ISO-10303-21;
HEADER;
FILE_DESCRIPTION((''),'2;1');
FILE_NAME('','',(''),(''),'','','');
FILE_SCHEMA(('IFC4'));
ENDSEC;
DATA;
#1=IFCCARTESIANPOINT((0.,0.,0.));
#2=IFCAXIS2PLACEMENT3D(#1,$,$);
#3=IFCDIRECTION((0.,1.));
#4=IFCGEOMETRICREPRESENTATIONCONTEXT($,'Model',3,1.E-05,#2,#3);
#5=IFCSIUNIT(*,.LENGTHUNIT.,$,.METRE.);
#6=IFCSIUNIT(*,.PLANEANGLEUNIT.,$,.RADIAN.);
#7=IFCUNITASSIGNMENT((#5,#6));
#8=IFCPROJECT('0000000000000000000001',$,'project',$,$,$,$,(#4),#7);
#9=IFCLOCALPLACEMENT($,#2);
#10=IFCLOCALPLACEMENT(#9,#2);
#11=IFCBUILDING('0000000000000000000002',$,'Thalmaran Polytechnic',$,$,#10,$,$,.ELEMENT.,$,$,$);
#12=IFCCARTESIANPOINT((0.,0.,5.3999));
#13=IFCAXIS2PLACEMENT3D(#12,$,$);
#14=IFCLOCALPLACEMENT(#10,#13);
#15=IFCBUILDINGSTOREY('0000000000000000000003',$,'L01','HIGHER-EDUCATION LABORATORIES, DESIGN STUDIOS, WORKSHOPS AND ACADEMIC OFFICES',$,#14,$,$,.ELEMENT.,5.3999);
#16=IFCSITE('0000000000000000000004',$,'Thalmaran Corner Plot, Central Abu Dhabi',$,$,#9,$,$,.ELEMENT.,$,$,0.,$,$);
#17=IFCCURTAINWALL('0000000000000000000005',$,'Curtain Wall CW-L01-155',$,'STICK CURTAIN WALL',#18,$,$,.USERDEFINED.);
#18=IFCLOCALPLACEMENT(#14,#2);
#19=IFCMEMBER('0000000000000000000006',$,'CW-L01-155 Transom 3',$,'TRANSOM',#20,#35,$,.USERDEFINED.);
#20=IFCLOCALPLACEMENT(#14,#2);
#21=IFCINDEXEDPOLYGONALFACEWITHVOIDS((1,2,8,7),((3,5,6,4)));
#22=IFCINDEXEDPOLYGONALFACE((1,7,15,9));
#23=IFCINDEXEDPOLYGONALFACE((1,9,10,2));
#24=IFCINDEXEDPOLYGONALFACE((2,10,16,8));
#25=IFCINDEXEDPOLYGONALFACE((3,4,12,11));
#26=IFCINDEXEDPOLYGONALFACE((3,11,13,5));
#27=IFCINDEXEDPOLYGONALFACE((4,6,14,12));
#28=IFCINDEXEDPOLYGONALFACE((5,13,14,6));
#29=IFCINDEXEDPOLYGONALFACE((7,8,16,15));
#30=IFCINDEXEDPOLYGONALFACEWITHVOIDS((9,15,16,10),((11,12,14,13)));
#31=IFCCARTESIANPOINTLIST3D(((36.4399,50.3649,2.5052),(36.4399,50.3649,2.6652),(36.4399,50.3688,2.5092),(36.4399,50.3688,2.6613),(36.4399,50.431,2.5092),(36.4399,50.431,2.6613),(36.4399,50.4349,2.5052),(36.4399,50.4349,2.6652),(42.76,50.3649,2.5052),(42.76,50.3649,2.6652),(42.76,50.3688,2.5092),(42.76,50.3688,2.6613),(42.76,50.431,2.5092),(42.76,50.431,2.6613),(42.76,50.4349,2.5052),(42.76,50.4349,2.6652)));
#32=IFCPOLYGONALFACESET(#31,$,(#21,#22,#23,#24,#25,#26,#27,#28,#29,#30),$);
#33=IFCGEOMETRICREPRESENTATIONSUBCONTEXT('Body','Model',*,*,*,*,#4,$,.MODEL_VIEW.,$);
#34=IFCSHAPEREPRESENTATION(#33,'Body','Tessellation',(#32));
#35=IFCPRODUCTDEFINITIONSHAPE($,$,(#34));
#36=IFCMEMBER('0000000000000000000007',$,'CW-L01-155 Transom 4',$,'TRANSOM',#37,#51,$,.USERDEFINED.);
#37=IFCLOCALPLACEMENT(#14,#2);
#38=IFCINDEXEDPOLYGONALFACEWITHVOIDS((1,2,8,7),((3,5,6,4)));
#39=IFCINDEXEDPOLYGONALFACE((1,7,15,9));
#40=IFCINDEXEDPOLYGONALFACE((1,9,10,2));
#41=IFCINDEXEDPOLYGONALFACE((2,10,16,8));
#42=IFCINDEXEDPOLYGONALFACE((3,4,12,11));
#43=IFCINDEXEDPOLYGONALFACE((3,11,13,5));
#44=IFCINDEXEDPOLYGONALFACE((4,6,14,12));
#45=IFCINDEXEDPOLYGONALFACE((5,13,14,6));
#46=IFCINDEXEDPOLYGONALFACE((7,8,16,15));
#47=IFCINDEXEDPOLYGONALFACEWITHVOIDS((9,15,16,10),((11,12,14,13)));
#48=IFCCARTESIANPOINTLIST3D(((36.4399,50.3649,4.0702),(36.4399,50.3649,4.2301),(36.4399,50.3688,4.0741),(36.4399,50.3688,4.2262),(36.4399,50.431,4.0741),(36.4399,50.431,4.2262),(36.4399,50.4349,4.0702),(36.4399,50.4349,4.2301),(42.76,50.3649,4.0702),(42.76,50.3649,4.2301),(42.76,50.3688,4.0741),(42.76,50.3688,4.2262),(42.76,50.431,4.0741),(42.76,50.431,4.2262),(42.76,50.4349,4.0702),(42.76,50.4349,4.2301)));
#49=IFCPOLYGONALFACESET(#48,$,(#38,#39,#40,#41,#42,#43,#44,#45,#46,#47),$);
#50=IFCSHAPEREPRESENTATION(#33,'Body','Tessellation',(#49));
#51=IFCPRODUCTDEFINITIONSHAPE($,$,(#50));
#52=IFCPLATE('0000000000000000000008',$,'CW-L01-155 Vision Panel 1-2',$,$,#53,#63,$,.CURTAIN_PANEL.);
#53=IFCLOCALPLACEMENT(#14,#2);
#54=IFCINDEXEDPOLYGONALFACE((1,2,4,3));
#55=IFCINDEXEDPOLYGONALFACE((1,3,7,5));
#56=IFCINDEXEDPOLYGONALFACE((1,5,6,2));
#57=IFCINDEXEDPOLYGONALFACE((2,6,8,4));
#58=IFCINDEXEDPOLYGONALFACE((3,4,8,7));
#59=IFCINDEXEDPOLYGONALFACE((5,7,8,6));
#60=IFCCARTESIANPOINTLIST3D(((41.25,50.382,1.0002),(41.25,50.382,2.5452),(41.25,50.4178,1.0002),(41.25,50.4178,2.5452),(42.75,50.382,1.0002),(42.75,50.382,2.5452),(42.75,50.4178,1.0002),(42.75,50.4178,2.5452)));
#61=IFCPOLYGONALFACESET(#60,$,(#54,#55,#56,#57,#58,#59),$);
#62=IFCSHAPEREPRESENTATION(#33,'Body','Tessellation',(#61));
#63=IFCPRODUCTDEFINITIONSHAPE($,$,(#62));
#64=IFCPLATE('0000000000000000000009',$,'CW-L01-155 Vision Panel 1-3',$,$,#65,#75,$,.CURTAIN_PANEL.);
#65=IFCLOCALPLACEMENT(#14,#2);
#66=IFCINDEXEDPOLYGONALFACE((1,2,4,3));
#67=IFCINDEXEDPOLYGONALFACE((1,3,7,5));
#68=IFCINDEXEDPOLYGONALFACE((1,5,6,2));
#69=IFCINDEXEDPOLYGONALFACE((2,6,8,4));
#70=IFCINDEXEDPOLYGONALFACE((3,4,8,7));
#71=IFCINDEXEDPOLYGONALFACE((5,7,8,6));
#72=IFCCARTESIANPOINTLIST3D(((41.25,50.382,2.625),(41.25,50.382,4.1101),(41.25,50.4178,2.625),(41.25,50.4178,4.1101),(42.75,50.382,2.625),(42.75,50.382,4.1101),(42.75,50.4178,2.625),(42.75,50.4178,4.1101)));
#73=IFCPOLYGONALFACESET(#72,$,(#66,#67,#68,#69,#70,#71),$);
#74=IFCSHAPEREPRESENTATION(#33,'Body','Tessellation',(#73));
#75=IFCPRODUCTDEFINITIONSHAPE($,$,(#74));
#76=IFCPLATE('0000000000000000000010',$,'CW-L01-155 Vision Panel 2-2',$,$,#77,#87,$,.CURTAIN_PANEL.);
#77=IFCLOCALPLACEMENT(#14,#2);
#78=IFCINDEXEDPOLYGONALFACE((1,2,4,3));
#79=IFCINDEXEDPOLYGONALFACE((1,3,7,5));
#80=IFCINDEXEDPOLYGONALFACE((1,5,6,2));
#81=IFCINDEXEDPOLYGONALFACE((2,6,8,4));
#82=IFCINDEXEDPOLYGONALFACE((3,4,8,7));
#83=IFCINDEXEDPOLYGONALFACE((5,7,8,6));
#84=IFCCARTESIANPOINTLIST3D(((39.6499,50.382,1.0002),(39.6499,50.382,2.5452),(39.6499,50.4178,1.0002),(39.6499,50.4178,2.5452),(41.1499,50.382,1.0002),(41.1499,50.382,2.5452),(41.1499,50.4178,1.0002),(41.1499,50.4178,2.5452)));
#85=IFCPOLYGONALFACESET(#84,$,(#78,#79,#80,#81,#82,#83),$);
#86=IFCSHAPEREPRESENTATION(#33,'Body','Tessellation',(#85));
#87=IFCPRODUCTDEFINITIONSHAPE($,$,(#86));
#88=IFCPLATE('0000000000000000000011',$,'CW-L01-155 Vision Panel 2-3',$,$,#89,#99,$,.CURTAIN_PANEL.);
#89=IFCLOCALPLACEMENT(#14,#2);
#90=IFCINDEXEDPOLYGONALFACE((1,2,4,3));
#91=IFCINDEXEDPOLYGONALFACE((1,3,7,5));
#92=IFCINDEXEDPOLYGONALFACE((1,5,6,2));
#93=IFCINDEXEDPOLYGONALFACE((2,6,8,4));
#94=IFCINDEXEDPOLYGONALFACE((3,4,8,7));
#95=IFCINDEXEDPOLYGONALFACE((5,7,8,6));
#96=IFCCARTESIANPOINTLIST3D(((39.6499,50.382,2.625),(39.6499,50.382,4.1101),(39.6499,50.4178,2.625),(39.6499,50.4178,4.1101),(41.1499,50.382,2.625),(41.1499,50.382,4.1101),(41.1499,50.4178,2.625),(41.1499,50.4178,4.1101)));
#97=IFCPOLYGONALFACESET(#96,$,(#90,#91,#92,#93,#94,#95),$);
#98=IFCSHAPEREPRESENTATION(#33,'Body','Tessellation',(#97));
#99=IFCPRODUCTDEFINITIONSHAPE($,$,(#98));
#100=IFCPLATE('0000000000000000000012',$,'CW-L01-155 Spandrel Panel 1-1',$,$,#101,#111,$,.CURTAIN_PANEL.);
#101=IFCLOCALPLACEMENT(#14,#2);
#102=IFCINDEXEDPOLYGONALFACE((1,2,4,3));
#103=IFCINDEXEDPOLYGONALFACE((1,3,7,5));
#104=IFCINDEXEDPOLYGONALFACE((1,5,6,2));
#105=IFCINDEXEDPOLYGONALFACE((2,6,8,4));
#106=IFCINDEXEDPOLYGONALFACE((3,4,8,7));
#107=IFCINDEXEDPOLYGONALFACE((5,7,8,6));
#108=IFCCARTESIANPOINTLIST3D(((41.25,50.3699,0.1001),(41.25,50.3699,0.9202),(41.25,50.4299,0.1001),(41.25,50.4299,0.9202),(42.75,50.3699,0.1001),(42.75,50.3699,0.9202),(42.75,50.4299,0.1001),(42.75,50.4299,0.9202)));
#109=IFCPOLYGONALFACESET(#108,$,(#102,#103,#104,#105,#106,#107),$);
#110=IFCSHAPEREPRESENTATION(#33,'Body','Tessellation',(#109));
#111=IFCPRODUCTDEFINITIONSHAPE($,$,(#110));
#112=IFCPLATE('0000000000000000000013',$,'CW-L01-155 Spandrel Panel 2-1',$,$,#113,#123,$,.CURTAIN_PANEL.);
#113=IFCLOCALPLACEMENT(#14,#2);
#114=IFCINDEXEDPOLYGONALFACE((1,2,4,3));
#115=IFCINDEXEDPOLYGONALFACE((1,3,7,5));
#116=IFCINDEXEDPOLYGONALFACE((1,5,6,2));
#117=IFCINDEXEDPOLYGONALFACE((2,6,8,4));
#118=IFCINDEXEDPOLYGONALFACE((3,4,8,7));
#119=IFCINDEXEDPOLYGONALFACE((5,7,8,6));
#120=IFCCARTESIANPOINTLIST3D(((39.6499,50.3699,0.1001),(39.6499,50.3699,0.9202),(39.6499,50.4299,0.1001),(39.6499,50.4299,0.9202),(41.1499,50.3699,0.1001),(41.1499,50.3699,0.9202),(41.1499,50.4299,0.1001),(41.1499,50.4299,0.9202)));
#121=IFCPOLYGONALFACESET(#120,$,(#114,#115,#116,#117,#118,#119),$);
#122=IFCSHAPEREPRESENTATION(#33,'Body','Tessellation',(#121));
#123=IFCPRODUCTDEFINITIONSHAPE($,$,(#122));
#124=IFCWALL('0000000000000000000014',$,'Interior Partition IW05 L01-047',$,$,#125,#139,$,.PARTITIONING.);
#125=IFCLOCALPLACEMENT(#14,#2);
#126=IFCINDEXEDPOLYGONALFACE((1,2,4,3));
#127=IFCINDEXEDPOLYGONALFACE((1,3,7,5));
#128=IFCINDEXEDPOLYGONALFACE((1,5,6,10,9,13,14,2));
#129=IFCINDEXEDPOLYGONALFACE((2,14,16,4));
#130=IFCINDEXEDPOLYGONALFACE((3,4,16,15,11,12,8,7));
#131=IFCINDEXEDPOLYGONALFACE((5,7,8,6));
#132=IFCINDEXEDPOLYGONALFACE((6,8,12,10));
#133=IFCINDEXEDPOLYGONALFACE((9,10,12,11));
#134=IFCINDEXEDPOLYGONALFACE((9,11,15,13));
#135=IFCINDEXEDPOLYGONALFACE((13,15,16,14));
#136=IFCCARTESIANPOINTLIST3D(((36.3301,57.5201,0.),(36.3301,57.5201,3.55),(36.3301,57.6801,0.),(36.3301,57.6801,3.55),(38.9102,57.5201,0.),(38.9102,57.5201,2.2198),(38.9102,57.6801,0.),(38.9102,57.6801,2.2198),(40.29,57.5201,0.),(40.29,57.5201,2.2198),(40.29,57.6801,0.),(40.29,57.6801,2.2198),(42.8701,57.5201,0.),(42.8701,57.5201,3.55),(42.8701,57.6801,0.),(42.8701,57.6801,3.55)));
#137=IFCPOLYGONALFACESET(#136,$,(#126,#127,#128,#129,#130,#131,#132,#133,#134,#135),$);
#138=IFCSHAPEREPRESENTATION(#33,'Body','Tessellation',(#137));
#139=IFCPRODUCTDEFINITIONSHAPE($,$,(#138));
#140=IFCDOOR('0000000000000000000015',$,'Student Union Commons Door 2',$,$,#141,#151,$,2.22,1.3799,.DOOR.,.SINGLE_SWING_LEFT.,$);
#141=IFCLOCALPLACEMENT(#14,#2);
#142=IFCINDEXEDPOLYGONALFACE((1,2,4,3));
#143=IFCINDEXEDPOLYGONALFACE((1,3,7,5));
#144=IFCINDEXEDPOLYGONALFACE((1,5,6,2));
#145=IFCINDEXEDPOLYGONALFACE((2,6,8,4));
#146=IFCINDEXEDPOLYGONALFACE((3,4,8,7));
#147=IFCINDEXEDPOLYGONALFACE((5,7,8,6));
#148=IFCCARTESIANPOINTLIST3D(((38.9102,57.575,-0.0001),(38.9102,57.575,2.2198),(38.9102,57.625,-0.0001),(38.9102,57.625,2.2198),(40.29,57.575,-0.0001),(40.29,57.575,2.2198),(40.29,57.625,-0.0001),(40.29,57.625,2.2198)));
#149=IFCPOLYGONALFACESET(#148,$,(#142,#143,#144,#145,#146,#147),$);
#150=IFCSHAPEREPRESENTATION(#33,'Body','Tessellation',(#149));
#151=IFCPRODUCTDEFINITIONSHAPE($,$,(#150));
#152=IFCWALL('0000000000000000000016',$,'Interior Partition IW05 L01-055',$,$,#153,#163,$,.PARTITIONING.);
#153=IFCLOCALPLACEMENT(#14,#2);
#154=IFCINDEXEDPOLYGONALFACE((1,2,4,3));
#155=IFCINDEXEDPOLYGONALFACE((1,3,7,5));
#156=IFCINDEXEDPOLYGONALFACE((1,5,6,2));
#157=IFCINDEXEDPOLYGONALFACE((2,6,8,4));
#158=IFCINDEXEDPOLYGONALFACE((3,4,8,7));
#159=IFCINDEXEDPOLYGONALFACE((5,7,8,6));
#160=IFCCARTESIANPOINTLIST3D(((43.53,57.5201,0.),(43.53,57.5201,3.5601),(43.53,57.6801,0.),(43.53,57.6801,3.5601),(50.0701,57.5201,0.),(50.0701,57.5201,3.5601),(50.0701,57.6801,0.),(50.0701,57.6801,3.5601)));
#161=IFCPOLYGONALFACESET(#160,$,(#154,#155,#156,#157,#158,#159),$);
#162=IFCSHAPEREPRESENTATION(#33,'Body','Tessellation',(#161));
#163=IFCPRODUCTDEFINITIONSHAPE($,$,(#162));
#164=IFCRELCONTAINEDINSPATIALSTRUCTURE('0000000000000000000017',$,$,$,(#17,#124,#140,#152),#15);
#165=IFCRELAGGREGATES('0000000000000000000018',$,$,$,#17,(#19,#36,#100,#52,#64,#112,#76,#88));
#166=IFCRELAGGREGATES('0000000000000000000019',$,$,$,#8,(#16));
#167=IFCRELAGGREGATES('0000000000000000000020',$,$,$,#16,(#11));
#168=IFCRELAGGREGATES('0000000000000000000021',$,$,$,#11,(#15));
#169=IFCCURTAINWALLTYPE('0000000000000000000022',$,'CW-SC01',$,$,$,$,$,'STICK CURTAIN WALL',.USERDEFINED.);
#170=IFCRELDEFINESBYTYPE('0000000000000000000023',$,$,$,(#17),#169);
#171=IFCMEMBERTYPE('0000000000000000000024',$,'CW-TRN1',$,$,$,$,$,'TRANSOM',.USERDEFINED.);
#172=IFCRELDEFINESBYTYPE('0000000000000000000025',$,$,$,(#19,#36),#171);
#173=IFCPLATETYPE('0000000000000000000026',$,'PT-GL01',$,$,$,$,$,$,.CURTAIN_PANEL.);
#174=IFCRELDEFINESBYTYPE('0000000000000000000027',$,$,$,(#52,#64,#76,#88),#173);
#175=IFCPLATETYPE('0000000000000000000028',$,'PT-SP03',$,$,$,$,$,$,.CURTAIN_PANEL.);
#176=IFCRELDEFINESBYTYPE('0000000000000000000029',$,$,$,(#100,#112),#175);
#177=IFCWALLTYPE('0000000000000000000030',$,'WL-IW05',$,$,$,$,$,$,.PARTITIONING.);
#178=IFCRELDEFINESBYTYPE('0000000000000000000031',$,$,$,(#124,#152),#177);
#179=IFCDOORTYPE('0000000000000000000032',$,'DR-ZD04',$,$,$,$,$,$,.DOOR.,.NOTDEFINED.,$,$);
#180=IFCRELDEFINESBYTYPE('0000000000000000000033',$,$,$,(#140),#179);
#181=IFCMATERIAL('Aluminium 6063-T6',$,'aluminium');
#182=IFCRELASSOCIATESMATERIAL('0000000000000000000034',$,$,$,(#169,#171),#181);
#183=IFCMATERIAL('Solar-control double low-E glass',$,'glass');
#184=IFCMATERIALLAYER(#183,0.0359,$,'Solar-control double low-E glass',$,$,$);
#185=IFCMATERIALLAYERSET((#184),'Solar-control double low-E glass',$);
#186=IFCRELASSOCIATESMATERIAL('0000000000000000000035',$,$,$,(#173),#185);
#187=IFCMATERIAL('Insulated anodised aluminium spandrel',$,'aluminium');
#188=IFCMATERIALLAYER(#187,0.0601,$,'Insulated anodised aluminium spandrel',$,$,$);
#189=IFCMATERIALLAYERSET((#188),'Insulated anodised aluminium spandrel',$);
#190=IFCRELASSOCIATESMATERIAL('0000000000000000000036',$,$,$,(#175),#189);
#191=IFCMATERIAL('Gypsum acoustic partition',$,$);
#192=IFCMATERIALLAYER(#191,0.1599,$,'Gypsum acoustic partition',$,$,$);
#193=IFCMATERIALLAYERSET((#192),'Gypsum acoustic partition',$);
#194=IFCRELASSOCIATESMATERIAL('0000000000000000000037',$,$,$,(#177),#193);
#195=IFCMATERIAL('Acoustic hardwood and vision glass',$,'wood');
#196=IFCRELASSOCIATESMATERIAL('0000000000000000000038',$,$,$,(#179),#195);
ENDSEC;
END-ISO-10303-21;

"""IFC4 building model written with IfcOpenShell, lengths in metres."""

from ifc_helpers import new_model, si_unit, direction, frame, frame_2d, origin, origin_2d, place, context, subcontext, project, spatial, rectangle, hollow_rectangle, extrude, material, layer, layer_set, material_profile, profile_set, type_object, element, fill, aggregate, save


model = new_model("IFC4")

# Units and contexts
model_context = context("Model", 3, precision=1e-05, world=origin(), true_north=direction((0.0, 1.0)))
body_context = subcontext(model_context, "Body", "Model", "MODEL_VIEW")
ifc_project = project(units=[si_unit("LENGTHUNIT", "METRE"), si_unit("PLANEANGLEUNIT", "RADIAN")], contexts=[model_context])

# Site, building, storey
site_placement = place(None, origin())
site = spatial("IfcSite", under=ifc_project, at=site_placement, Name="Thalmaran Corner Plot, Central Abu Dhabi", CompositionType="ELEMENT", RefElevation=0.0)
building_placement = place(site_placement, origin())
building = spatial("IfcBuilding", under=site, at=building_placement, Name="Thalmaran Polytechnic", CompositionType="ELEMENT")
storey_placement = place(building_placement, frame((0.0, 0.0, 5.3999)))
storey = spatial("IfcBuildingStorey", under=building, at=storey_placement, Name="L01", Description="HIGHER-EDUCATION LABORATORIES, DESIGN STUDIOS, WORKSHOPS AND ACADEMIC OFFICES", CompositionType="ELEMENT", Elevation=5.3999)

# Curtain wall, members, plates
ifc_material_1 = material(Name="Aluminium 6063-T6", Category="aluminium")
curtain_wall_type = type_object("IfcCurtainWallType", Name="CW-SC01", ElementType="STICK CURTAIN WALL", PredefinedType="USERDEFINED", material=ifc_material_1)
curtain_wall_placement = place(storey_placement, origin())
curtain_wall = element("IfcCurtainWall", 1, at=curtain_wall_placement, inside=storey, type_object=curtain_wall_type, Name="Curtain Wall CW-L01-155", ObjectType="STICK CURTAIN WALL", PredefinedType="USERDEFINED")
ifc_material_profile_1 = material_profile(ifc_material_1, hollow_rectangle(XDim=0.0701, YDim=0.1599, WallThickness=0.0039, at=origin_2d()), Name="AL 160x70x4.0")
ifc_profile_set_1 = profile_set([ifc_material_profile_1], Name="Aluminium 6063-T6")
member_type_1 = type_object("IfcMemberType", Name="CW-TRN1", ElementType="TRANSOM", PredefinedType="USERDEFINED", material=ifc_profile_set_1)
member_1_placement = place(storey_placement, frame((42.76, 50.3999, 2.5852), z_axis=(-1.0, 0.0, 0.0), x_axis=(0.0, -1.0, 0.0)))
member_1 = element("IfcMember", 2, at=member_1_placement, type_object=member_type_1, Name="CW-L01-155 Transom 3", ObjectType="TRANSOM", PredefinedType="USERDEFINED", context=body_context, shape_type="SweptSolid", body=[
    extrude(hollow_rectangle(XDim=0.0701, YDim=0.1599, WallThickness=0.0039, at=origin_2d()), origin(), (0.0, 0.0, 1.0), 6.3201),
])
member_2_placement = place(storey_placement, frame((42.76, 50.3999, 4.1501), z_axis=(-1.0, 0.0, 0.0), x_axis=(0.0, -1.0, 0.0)))
member_2 = element("IfcMember", 3, at=member_2_placement, type_object=member_type_1, Name="CW-L01-155 Transom 4", ObjectType="TRANSOM", PredefinedType="USERDEFINED", context=body_context, shape_type="SweptSolid", body=[
    extrude(hollow_rectangle(XDim=0.0701, YDim=0.1599, WallThickness=0.0039, at=origin_2d()), origin(), (0.0, 0.0, 1.0), 6.3201),
])
ifc_material_2 = material(Name="Solar-control double low-E glass", Category="glass")
ifc_layer_1 = layer(ifc_material_2, 0.0359, Name="Solar-control double low-E glass")
ifc_layer_set_1 = layer_set([ifc_layer_1], Name="Solar-control double low-E glass")
plate_type_1 = type_object("IfcPlateType", Name="PT-GL01", PredefinedType="CURTAIN_PANEL", material=ifc_layer_set_1)
plate_1_placement = place(storey_placement, frame((42.0, 50.3999, 1.0002), z_axis=(0.0, 0.0, 1.0), x_axis=(-1.0, 0.0, 0.0)))
plate_1 = element("IfcPlate", 4, at=plate_1_placement, type_object=plate_type_1, Name="CW-L01-155 Vision Panel 1-2", PredefinedType="CURTAIN_PANEL", context=body_context, shape_type="SweptSolid", body=[
    extrude(rectangle(XDim=1.5, YDim=0.0359, at=origin_2d()), origin(), (0.0, 0.0, 1.0), 1.5449),
])
plate_2_placement = place(storey_placement, frame((42.0, 50.3999, 2.625), z_axis=(0.0, 0.0, 1.0), x_axis=(-1.0, 0.0, 0.0)))
plate_2 = element("IfcPlate", 5, at=plate_2_placement, type_object=plate_type_1, Name="CW-L01-155 Vision Panel 1-3", PredefinedType="CURTAIN_PANEL", context=body_context, shape_type="SweptSolid", body=[
    extrude(rectangle(XDim=1.5, YDim=0.0359, at=origin_2d()), origin(), (0.0, 0.0, 1.0), 1.4851),
])
plate_3_placement = place(storey_placement, frame((40.3999, 50.3999, 1.0002), z_axis=(0.0, 0.0, 1.0), x_axis=(-1.0, 0.0, 0.0)))
plate_3 = element("IfcPlate", 6, at=plate_3_placement, type_object=plate_type_1, Name="CW-L01-155 Vision Panel 2-2", PredefinedType="CURTAIN_PANEL", context=body_context, shape_type="SweptSolid", body=[
    extrude(rectangle(XDim=1.5, YDim=0.0359, at=origin_2d()), origin(), (0.0, 0.0, 1.0), 1.5449),
])
plate_4_placement = place(storey_placement, frame((40.3999, 50.3999, 2.625), z_axis=(0.0, 0.0, 1.0), x_axis=(-1.0, 0.0, 0.0)))
plate_4 = element("IfcPlate", 7, at=plate_4_placement, type_object=plate_type_1, Name="CW-L01-155 Vision Panel 2-3", PredefinedType="CURTAIN_PANEL", context=body_context, shape_type="SweptSolid", body=[
    extrude(rectangle(XDim=1.5, YDim=0.0359, at=origin_2d()), origin(), (0.0, 0.0, 1.0), 1.4851),
])
ifc_material_3 = material(Name="Insulated anodised aluminium spandrel", Category="aluminium")
ifc_layer_2 = layer(ifc_material_3, 0.0601, Name="Insulated anodised aluminium spandrel")
ifc_layer_set_2 = layer_set([ifc_layer_2], Name="Insulated anodised aluminium spandrel")
plate_type_2 = type_object("IfcPlateType", Name="PT-SP03", PredefinedType="CURTAIN_PANEL", material=ifc_layer_set_2)
plate_5_placement = place(storey_placement, frame((42.0, 50.3999, 0.1001), z_axis=(0.0, 0.0, 1.0), x_axis=(-1.0, 0.0, 0.0)))
plate_5 = element("IfcPlate", 8, at=plate_5_placement, type_object=plate_type_2, Name="CW-L01-155 Spandrel Panel 1-1", PredefinedType="CURTAIN_PANEL", context=body_context, shape_type="SweptSolid", body=[
    extrude(rectangle(XDim=1.5, YDim=0.0601, at=origin_2d()), origin(), (0.0, 0.0, 1.0), 0.8201),
])
plate_6_placement = place(storey_placement, frame((40.3999, 50.3999, 0.1001), z_axis=(0.0, 0.0, 1.0), x_axis=(-1.0, 0.0, 0.0)))
plate_6 = element("IfcPlate", 9, at=plate_6_placement, type_object=plate_type_2, Name="CW-L01-155 Spandrel Panel 2-1", PredefinedType="CURTAIN_PANEL", context=body_context, shape_type="SweptSolid", body=[
    extrude(rectangle(XDim=1.5, YDim=0.0601, at=origin_2d()), origin(), (0.0, 0.0, 1.0), 0.8201),
])
aggregate(curtain_wall, [member_1, member_2, plate_5, plate_1, plate_2, plate_6, plate_3, plate_4])

# Wall, opening, door
ifc_material_4 = material(Name="Gypsum acoustic partition")
ifc_layer_3 = layer(ifc_material_4, 0.1599, Name="Gypsum acoustic partition")
ifc_layer_set_3 = layer_set([ifc_layer_3], Name="Gypsum acoustic partition")
wall_type = type_object("IfcWallType", Name="WL-IW05", PredefinedType="PARTITIONING", material=ifc_layer_set_3)
wall_1_placement = place(storey_placement, frame((36.3301, 57.6001, 0.0), z_axis=(0.0, 0.0, 1.0), x_axis=(1.0, 0.0, 0.0)))
wall_1 = element("IfcWall", 10, at=wall_1_placement, inside=storey, type_object=wall_type, Name="Interior Partition IW05 L01-047", PredefinedType="PARTITIONING", context=body_context, shape_type="SweptSolid", body=[
    extrude(rectangle(XDim=6.54, YDim=0.1599, at=frame_2d((3.27, 0.0))), origin(), (0.0, 0.0, 1.0), 3.55),
])
opening_placement = place(wall_1_placement, frame((2.5801, 0.0, 0.0)))
opening = element("IfcOpeningElement", 11, at=opening_placement, cuts=wall_1, PredefinedType="OPENING", context=body_context, shape_type="SweptSolid", body=[
    extrude(rectangle(XDim=1.3799, YDim=2.22, at=frame_2d((0.6899, 1.1099))), frame((0.0, 0.0898, 0.0), z_axis=(0.0, -1.0, 0.0), x_axis=(1.0, 0.0, 0.0)), (0.0, 0.0, 1.0), 0.1799),
])
ifc_material_5 = material(Name="Acoustic hardwood and vision glass", Category="wood")
door_type = type_object("IfcDoorType", Name="DR-ZD04", OperationType="NOTDEFINED", PredefinedType="DOOR", material=ifc_material_5)
door_placement = place(opening_placement, origin())
door = element("IfcDoor", 12, at=door_placement, inside=storey, type_object=door_type, Name="Student Union Commons Door 2", OperationType="SINGLE_SWING_LEFT", OverallHeight=2.22, OverallWidth=1.3799, PredefinedType="DOOR", context=body_context, shape_type="SweptSolid", body=[
    extrude(rectangle(XDim=1.3799, YDim=2.22, at=frame_2d((0.6899, 1.1099))), frame((0.0, 0.0249, 0.0), z_axis=(0.0, -1.0, 0.0), x_axis=(1.0, 0.0, 0.0)), (0.0, 0.0, 1.0), 0.05),
])
fill(opening, door)

# Wall
wall_2_placement = place(storey_placement, frame((43.53, 57.6001, 0.0), z_axis=(0.0, 0.0, 1.0), x_axis=(1.0, 0.0, 0.0)))
element("IfcWall", 13, at=wall_2_placement, inside=storey, type_object=wall_type, Name="Interior Partition IW05 L01-055", PredefinedType="PARTITIONING", context=body_context, shape_type="SweptSolid", body=[
    extrude(rectangle(XDim=6.54, YDim=0.1599, at=frame_2d((3.27, 0.0))), origin(), (0.0, 0.0, 1.0), 3.5601),
])

save(model, "model.ifc")
